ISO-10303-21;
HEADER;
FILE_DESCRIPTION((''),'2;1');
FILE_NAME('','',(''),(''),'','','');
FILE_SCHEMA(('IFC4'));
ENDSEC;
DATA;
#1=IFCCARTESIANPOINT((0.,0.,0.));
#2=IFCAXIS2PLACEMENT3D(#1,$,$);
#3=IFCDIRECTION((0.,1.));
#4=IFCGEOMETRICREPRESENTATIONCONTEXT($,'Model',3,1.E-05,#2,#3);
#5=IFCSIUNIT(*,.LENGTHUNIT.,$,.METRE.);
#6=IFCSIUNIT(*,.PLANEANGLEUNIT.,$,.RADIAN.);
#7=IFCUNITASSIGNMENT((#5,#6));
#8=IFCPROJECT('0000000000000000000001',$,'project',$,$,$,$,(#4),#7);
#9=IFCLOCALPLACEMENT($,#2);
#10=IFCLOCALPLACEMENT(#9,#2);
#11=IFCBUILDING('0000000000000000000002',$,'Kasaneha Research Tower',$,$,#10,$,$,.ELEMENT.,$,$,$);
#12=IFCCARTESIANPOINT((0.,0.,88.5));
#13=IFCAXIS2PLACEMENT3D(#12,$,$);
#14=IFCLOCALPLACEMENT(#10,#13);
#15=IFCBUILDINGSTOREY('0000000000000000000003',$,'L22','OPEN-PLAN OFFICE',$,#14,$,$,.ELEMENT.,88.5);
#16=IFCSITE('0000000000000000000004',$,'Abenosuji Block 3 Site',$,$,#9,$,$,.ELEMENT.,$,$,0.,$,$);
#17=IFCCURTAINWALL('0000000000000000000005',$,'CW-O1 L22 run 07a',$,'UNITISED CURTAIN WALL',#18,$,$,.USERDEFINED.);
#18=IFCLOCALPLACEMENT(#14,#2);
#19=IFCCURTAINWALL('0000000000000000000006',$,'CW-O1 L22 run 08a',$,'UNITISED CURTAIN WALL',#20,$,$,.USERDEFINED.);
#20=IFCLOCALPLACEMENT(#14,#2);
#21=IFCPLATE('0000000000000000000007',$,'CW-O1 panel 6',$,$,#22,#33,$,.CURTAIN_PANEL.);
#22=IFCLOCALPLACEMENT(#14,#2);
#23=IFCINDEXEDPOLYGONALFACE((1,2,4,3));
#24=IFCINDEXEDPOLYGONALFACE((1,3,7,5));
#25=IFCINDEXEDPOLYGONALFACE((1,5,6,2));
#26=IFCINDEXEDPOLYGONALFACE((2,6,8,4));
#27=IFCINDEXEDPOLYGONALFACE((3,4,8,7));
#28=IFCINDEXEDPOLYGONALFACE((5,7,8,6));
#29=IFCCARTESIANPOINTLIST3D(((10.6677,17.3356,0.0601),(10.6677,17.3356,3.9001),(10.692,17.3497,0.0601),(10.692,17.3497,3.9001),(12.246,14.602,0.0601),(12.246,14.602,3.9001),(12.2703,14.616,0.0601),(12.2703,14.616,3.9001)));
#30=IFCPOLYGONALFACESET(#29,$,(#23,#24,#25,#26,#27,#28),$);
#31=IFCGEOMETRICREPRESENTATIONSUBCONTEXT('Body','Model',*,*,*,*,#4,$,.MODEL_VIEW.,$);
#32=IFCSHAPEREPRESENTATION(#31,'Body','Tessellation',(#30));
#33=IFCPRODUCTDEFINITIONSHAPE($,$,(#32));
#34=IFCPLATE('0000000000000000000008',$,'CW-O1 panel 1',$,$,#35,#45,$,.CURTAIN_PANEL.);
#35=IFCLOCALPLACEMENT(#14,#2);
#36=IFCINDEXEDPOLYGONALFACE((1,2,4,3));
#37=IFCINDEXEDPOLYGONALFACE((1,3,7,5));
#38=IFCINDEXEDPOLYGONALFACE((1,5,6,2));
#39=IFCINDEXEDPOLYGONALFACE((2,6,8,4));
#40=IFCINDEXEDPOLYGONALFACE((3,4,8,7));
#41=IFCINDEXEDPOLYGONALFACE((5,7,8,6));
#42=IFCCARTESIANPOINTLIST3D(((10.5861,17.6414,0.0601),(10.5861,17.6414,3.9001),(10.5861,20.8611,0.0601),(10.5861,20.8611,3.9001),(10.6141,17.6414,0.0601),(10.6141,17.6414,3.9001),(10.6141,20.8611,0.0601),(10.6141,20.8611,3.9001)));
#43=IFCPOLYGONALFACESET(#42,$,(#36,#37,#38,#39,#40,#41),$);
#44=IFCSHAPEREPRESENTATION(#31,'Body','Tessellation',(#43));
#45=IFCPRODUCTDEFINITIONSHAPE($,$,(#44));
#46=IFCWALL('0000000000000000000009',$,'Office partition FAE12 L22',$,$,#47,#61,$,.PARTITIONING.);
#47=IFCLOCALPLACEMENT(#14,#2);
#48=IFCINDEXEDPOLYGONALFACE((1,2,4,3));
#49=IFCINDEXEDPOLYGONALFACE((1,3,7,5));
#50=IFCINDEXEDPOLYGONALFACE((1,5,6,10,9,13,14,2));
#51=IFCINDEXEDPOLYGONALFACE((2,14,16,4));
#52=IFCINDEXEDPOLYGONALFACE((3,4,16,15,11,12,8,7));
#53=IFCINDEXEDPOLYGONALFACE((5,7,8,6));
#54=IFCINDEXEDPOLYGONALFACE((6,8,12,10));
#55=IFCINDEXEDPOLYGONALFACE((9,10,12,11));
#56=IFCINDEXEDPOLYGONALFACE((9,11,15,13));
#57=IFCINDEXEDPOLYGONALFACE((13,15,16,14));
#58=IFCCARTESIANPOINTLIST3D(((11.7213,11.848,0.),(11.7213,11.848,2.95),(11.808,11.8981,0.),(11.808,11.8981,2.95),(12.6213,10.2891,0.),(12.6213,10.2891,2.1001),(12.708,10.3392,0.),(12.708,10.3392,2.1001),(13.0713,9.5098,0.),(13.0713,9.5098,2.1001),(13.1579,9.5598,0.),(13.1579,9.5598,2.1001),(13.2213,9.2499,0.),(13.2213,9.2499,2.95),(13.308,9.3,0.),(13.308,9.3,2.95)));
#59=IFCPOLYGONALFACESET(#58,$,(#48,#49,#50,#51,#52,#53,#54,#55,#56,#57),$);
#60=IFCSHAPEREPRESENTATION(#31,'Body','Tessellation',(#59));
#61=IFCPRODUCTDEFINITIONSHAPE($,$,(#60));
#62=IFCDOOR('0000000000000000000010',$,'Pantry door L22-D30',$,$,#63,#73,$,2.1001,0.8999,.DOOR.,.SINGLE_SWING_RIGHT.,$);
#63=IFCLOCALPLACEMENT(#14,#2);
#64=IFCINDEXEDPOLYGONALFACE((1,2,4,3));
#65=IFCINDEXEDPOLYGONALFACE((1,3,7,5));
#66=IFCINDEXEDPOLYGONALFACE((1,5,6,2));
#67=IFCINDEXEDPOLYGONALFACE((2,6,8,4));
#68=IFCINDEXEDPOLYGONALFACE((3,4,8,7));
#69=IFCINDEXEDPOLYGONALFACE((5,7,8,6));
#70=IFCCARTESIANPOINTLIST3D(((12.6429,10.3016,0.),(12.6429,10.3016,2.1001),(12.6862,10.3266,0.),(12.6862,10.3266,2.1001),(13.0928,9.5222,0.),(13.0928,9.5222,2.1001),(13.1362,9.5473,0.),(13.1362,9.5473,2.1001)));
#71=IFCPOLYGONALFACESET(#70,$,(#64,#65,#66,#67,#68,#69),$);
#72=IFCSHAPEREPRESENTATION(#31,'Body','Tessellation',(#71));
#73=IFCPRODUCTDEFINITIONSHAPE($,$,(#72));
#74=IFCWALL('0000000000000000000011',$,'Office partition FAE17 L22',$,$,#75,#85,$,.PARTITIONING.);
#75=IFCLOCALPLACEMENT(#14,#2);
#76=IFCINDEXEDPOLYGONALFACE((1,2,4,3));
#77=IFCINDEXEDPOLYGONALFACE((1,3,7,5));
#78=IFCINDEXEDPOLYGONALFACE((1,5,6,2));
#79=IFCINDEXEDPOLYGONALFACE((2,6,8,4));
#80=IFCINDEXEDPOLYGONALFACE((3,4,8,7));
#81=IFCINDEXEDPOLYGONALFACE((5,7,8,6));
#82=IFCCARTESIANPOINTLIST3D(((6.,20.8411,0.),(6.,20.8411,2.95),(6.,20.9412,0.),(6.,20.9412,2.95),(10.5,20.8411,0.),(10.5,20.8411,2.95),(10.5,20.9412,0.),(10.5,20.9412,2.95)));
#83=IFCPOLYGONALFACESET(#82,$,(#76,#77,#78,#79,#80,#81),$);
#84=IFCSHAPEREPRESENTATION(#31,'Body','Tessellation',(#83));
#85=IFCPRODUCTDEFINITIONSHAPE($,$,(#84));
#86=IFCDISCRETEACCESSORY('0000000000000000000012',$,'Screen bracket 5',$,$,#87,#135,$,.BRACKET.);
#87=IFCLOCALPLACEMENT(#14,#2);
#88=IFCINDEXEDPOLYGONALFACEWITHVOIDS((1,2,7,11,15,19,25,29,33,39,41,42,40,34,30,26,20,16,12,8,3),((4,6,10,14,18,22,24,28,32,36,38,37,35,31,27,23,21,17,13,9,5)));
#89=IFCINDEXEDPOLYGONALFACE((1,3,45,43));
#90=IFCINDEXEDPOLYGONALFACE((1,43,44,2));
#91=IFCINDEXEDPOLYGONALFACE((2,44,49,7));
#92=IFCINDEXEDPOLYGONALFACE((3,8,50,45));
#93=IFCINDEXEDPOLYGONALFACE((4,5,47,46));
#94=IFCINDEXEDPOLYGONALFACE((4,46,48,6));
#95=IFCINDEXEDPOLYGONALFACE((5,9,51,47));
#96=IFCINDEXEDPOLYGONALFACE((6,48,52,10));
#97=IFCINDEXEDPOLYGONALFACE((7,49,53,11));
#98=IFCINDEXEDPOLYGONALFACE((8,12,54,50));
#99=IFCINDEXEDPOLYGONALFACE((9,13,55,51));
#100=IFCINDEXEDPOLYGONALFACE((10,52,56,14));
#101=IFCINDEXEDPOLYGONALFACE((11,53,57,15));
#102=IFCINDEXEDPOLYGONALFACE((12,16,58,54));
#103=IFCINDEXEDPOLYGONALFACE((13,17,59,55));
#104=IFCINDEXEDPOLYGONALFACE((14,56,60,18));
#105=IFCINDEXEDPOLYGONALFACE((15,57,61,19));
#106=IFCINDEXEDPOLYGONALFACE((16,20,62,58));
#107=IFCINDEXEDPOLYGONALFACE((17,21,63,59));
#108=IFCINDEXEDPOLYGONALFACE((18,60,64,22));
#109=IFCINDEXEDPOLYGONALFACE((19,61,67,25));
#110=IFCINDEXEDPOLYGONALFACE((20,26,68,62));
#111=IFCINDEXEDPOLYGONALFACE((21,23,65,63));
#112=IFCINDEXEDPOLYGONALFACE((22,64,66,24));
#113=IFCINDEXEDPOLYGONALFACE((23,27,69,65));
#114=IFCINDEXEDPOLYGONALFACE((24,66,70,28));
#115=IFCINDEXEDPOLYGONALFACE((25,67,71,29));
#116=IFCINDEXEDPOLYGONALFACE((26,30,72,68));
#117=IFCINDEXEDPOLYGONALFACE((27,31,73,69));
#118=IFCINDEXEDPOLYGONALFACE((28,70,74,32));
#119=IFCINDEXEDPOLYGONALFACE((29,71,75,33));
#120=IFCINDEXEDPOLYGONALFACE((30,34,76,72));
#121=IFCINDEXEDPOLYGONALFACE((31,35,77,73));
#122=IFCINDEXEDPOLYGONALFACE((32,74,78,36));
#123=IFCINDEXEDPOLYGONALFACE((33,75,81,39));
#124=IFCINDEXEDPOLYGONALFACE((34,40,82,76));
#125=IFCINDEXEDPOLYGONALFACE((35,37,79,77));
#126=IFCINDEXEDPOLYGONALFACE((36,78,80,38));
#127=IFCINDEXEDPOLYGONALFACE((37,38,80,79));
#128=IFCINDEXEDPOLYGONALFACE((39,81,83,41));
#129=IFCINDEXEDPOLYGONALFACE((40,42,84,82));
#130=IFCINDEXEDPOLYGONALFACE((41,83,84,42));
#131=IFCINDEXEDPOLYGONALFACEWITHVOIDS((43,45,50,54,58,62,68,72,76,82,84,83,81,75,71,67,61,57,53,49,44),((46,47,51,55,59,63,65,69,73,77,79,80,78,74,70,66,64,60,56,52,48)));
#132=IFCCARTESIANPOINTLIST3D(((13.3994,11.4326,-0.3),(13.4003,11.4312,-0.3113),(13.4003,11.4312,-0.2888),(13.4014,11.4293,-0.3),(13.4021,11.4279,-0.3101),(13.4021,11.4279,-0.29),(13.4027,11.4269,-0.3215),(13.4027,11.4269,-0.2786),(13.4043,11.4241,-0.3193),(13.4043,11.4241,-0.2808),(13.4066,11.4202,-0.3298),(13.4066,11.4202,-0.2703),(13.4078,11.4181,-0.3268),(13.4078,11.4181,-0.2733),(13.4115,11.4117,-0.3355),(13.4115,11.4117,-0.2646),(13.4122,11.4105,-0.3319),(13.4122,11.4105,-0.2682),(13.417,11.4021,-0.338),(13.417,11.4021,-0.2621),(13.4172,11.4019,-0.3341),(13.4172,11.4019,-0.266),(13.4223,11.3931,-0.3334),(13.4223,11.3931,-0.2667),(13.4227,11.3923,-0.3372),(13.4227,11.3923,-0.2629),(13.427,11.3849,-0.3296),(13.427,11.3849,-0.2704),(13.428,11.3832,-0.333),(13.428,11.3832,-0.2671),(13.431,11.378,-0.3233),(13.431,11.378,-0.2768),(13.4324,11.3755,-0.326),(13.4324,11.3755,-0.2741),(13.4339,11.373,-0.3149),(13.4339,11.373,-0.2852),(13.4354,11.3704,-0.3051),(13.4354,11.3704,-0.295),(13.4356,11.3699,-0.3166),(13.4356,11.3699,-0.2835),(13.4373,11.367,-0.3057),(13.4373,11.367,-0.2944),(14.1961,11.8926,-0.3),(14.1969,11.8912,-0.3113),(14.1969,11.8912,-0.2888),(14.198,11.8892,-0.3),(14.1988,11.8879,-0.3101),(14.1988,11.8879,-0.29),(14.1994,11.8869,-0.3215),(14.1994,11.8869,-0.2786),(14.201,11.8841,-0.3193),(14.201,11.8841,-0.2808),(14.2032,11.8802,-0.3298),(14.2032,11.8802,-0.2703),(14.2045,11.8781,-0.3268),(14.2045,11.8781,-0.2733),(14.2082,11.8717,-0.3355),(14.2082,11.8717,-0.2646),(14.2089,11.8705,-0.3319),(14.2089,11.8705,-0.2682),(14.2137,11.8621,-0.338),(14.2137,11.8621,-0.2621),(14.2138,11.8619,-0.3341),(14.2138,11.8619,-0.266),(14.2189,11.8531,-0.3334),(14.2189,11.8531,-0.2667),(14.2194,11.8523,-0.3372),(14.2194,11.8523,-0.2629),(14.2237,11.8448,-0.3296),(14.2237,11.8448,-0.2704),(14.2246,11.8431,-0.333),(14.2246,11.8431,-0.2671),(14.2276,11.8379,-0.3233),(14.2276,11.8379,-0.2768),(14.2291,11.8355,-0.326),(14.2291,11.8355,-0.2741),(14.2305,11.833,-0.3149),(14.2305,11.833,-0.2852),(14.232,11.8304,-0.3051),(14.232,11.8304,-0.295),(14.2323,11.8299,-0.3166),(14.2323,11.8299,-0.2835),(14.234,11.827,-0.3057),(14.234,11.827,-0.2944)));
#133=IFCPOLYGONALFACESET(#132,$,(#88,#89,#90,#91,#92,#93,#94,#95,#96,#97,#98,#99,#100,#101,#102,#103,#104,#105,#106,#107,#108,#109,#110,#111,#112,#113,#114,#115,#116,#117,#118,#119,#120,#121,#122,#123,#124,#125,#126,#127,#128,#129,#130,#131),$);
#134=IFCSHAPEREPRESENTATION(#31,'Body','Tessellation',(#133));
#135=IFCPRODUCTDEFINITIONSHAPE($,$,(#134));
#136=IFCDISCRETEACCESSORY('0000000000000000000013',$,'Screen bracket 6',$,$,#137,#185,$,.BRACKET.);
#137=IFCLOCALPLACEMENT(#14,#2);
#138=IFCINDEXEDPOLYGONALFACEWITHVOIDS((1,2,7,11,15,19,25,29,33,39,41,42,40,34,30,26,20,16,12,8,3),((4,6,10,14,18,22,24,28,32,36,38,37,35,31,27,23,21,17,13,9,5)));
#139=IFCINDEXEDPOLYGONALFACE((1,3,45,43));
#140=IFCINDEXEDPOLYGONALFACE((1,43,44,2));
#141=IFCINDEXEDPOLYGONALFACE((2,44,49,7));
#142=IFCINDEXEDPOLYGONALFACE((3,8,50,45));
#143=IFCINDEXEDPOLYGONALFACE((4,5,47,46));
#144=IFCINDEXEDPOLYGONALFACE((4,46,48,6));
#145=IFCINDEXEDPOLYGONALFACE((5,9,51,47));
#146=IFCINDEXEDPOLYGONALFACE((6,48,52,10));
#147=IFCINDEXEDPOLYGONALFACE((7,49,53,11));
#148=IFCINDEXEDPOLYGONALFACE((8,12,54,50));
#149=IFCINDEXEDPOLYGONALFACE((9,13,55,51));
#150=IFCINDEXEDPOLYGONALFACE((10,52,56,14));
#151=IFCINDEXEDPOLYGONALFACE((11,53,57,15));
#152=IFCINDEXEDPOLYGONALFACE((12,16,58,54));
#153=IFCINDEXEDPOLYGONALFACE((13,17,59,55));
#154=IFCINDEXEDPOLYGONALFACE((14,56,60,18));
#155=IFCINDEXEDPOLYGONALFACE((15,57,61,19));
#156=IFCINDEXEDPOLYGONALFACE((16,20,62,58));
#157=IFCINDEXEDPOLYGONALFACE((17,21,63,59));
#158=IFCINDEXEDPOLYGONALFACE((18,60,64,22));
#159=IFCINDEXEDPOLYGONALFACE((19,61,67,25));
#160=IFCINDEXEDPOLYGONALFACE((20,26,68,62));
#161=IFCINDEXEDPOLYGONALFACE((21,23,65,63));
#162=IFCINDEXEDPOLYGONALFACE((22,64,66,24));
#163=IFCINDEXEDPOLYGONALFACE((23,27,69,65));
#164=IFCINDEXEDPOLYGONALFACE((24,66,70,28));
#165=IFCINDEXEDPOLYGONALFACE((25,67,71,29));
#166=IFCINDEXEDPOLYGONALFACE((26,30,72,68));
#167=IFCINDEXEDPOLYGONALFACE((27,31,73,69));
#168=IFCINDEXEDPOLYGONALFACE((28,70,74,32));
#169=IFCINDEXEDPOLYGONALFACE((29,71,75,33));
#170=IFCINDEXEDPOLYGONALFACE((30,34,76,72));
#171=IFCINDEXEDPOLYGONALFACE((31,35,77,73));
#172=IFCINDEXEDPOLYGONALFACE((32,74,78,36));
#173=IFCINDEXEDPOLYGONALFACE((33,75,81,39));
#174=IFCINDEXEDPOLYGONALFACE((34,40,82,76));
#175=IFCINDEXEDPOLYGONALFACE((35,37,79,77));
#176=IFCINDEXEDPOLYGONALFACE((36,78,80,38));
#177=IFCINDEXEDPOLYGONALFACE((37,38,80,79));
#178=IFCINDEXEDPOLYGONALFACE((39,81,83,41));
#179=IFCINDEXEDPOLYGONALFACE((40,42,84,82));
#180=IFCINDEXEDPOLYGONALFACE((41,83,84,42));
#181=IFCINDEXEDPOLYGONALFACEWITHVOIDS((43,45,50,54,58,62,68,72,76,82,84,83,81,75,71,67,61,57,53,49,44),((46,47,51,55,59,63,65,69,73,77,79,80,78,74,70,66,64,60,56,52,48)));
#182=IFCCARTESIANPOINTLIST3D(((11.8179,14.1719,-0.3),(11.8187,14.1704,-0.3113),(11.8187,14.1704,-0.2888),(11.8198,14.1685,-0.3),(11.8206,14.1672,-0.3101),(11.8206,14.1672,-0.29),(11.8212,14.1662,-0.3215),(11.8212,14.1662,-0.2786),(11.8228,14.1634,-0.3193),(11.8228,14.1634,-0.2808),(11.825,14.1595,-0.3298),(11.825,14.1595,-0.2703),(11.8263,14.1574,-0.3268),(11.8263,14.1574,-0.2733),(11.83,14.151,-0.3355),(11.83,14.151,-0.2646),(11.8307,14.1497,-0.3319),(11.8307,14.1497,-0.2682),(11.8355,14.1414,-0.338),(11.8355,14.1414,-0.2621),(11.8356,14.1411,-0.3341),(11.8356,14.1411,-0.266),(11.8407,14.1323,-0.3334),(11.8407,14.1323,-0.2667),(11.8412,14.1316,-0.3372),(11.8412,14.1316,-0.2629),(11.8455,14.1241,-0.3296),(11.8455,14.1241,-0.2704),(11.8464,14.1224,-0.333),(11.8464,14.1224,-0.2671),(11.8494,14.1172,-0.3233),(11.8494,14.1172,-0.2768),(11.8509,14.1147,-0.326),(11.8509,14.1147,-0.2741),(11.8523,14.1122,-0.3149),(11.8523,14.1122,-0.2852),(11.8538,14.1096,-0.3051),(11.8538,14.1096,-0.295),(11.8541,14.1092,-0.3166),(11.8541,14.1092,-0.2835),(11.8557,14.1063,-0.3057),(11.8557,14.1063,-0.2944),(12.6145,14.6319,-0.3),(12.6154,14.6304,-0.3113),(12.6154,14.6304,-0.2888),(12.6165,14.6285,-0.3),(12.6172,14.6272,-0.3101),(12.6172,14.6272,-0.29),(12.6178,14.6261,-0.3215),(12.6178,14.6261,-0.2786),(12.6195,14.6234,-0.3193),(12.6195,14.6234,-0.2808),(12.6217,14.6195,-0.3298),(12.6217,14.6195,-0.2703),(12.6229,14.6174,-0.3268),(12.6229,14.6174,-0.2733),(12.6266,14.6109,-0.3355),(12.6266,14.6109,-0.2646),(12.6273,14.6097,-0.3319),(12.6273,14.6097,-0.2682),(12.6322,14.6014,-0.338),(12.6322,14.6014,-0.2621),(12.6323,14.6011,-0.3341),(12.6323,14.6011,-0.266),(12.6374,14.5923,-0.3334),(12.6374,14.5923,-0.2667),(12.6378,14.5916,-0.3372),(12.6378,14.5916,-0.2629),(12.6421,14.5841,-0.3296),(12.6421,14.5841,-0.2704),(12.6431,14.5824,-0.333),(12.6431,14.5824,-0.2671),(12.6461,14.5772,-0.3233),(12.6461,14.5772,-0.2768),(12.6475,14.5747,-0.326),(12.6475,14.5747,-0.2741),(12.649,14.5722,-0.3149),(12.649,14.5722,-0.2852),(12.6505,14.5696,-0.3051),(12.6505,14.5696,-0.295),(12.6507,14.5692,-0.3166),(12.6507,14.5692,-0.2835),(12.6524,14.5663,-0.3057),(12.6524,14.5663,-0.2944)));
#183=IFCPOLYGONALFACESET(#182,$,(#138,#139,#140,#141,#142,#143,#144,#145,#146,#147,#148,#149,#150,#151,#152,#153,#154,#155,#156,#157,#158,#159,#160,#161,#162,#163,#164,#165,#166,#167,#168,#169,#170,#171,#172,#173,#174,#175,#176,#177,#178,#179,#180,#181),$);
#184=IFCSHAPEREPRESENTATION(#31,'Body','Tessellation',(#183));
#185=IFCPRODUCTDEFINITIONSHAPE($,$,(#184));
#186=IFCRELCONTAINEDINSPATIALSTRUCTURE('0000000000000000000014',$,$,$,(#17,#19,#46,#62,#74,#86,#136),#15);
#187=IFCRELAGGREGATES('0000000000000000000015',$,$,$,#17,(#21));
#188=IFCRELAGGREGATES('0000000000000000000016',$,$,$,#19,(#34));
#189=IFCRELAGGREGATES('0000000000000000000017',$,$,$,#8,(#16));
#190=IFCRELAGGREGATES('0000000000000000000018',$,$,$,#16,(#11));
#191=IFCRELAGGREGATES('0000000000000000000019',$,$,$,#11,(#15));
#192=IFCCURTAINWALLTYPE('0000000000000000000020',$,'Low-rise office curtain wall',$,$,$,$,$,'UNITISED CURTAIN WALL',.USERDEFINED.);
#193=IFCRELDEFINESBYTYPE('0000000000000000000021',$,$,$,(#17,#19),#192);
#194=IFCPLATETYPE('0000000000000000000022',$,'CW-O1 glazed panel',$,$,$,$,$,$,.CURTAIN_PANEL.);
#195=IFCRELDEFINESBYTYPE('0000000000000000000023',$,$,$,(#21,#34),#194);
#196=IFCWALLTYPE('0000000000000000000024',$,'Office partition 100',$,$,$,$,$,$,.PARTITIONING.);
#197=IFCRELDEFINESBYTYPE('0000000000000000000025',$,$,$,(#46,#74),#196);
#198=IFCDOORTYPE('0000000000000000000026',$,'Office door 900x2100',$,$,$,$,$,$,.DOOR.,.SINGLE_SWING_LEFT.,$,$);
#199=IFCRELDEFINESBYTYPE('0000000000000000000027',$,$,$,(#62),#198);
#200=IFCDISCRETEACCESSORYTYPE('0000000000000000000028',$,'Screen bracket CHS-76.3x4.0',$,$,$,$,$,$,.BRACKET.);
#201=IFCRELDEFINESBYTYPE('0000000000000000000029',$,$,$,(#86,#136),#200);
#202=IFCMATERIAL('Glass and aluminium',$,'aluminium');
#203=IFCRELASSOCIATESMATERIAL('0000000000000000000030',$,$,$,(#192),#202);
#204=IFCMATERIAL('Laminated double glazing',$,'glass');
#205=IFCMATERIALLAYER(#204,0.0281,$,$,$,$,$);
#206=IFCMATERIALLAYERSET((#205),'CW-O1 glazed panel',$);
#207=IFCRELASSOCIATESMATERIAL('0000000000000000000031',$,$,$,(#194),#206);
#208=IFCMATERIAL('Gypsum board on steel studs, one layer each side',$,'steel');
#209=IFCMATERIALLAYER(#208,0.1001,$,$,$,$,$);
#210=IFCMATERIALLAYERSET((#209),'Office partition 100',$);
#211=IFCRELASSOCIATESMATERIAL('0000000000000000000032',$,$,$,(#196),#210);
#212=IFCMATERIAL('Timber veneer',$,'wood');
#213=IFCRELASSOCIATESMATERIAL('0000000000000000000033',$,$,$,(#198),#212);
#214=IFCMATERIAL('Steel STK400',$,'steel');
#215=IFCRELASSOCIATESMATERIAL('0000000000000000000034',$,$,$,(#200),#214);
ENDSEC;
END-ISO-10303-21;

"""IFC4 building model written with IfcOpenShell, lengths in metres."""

from ifc_helpers import new_model, si_unit, direction, frame, frame_2d, origin, origin_2d, place, context, subcontext, project, spatial, rectangle, hollow_circle, extrude, material, layer, layer_set, material_profile, profile_set, type_object, element, fill, aggregate, save


model = new_model("IFC4")

# Units and contexts
model_context = context("Model", 3, precision=1e-05, world=origin(), true_north=direction((0.0, 1.0)))
body_context = subcontext(model_context, "Body", "Model", "MODEL_VIEW")
ifc_project = project(units=[si_unit("LENGTHUNIT", "METRE"), si_unit("PLANEANGLEUNIT", "RADIAN")], contexts=[model_context])

# Site, building, storey
site_placement = place(None, origin())
site = spatial("IfcSite", under=ifc_project, at=site_placement, Name="Abenosuji Block 3 Site", CompositionType="ELEMENT", RefElevation=0.0)
building_placement = place(site_placement, origin())
building = spatial("IfcBuilding", under=site, at=building_placement, Name="Kasaneha Research Tower", CompositionType="ELEMENT")
storey_placement = place(building_placement, frame((0.0, 0.0, 88.5)))
storey = spatial("IfcBuildingStorey", under=building, at=storey_placement, Name="L22", Description="OPEN-PLAN OFFICE", CompositionType="ELEMENT", Elevation=88.5)

# Curtain walls
ifc_material_1 = material(Name="Glass and aluminium", Category="aluminium")
curtain_wall_type = type_object("IfcCurtainWallType", Name="Low-rise office curtain wall", ElementType="UNITISED CURTAIN WALL", PredefinedType="USERDEFINED", material=ifc_material_1)
curtain_wall_1_placement = place(storey_placement, origin())
curtain_wall_1 = element("IfcCurtainWall", 1, at=curtain_wall_1_placement, inside=storey, type_object=curtain_wall_type, Name="CW-O1 L22 run 07a", ObjectType="UNITISED CURTAIN WALL", PredefinedType="USERDEFINED")
curtain_wall_2_placement = place(storey_placement, origin())
curtain_wall_2 = element("IfcCurtainWall", 2, at=curtain_wall_2_placement, inside=storey, type_object=curtain_wall_type, Name="CW-O1 L22 run 08a", ObjectType="UNITISED CURTAIN WALL", PredefinedType="USERDEFINED")

# Plates
ifc_material_2 = material(Name="Laminated double glazing", Category="glass")
ifc_layer_1 = layer(ifc_material_2, 0.0281)
ifc_layer_set_1 = layer_set([ifc_layer_1], Name="CW-O1 glazed panel")
plate_type = type_object("IfcPlateType", Name="CW-O1 glazed panel", PredefinedType="CURTAIN_PANEL", material=ifc_layer_set_1)
plate_1_placement = place(storey_placement, frame((11.469, 15.9758, 0.0601), z_axis=(0.0, 0.0, 1.0), x_axis=(-0.5, 0.866025, 0.0)))
plate_1 = element("IfcPlate", 3, at=plate_1_placement, type_object=plate_type, Name="CW-O1 panel 6", PredefinedType="CURTAIN_PANEL", context=body_context, shape_type="SweptSolid", body=[
    extrude(rectangle(XDim=3.1565, YDim=0.0281, at=origin_2d()), origin(), (0.0, 0.0, 1.0), 3.8401),
])
aggregate(curtain_wall_1, [plate_1])
plate_2_placement = place(storey_placement, frame((10.6001, 19.2512, 0.0601), z_axis=(0.0, 0.0, 1.0), x_axis=(0.0, 1.0, 0.0)))
plate_2 = element("IfcPlate", 4, at=plate_2_placement, type_object=plate_type, Name="CW-O1 panel 1", PredefinedType="CURTAIN_PANEL", context=body_context, shape_type="SweptSolid", body=[
    extrude(rectangle(XDim=3.2197, YDim=0.0281, at=origin_2d()), origin(), (0.0, 0.0, 1.0), 3.8401),
])
aggregate(curtain_wall_2, [plate_2])

# Wall, opening, door
ifc_material_3 = material(Name="Gypsum board on steel studs, one layer each side", Category="steel")
ifc_layer_2 = layer(ifc_material_3, 0.1001)
ifc_layer_set_2 = layer_set([ifc_layer_2], Name="Office partition 100")
wall_type = type_object("IfcWallType", Name="Office partition 100", PredefinedType="PARTITIONING", material=ifc_layer_set_2)
wall_1_placement = place(storey_placement, frame((11.7646, 11.873, 0.0), z_axis=(0.0, 0.0, 1.0), x_axis=(0.49999, -0.866031, 0.0)))
wall_1 = element("IfcWall", 5, at=wall_1_placement, inside=storey, type_object=wall_type, Name="Office partition FAE12 L22", PredefinedType="PARTITIONING", context=body_context, shape_type="SweptSolid", body=[
    extrude(rectangle(XDim=3.0, YDim=0.1001, at=frame_2d((1.5, 0.0))), origin(), (0.0, 0.0, 1.0), 2.95),
])
opening_placement = place(wall_1_placement, frame((1.8, 0.0, 0.0)))
opening = element("IfcOpeningElement", 6, at=opening_placement, cuts=wall_1, PredefinedType="OPENING", context=body_context, shape_type="SweptSolid", body=[
    extrude(rectangle(XDim=0.8999, YDim=2.1001, at=frame_2d((0.45, 1.05))), frame((0.0, 0.0601, 0.0), z_axis=(0.0, -1.0, 0.0), x_axis=(1.0, 0.0, 0.0)), (0.0, 0.0, 1.0), 0.1201),
])
ifc_material_4 = material(Name="Timber veneer", Category="wood")
door_type = type_object("IfcDoorType", Name="Office door 900x2100", OperationType="SINGLE_SWING_LEFT", PredefinedType="DOOR", material=ifc_material_4)
door_placement = place(opening_placement, origin())
door = element("IfcDoor", 7, at=door_placement, inside=storey, type_object=door_type, Name="Pantry door L22-D30", OperationType="SINGLE_SWING_RIGHT", OverallHeight=2.1001, OverallWidth=0.8999, PredefinedType="DOOR", context=body_context, shape_type="SweptSolid", body=[
    extrude(rectangle(XDim=0.8999, YDim=2.1001, at=frame_2d((0.45, 1.05))), frame((0.0, 0.0249, 0.0), z_axis=(0.0, -1.0, 0.0), x_axis=(1.0, 0.0, 0.0)), (0.0, 0.0, 1.0), 0.05),
])
fill(opening, door)

# Wall
wall_2_placement = place(storey_placement, frame((10.5, 20.8911, 0.0), z_axis=(0.0, 0.0, 1.0), x_axis=(-1.0, 0.0, 0.0)))
element("IfcWall", 8, at=wall_2_placement, inside=storey, type_object=wall_type, Name="Office partition FAE17 L22", PredefinedType="PARTITIONING", context=body_context, shape_type="SweptSolid", body=[
    extrude(rectangle(XDim=4.5, YDim=0.1001, at=frame_2d((2.25, 0.0))), origin(), (0.0, 0.0, 1.0), 2.95),
])

# Discrete accessories
ifc_material_5 = material(Name="Steel STK400", Category="steel")
ifc_material_profile_1 = material_profile(ifc_material_5, hollow_circle(Radius=0.0381, WallThickness=0.0039, at=origin_2d()), Name="CHS-76.3x4.0")
ifc_profile_set_1 = profile_set([ifc_material_profile_1], Name="Steel STK400")
discrete_accessory_type = type_object("IfcDiscreteAccessoryType", Name="Screen bracket CHS-76.3x4.0", PredefinedType="BRACKET", material=ifc_profile_set_1)
for number, where, z_axis, x_axis, name in (
    (9, (13.4185, 11.3997, -0.3), (0.866013, 0.500021, 0.0), (-0.500021, 0.866013, 0.0), "Screen bracket 5"),
    (10, (11.8369, 14.1389, -0.3), (0.866013, 0.500021, 0.0), (-0.500021, 0.866013, 0.0), "Screen bracket 6"),
):
    element("IfcDiscreteAccessory", number, at=place(storey_placement, frame(where, z_axis=z_axis, x_axis=x_axis)), inside=storey, type_object=discrete_accessory_type, Name=name, PredefinedType="BRACKET", context=body_context, shape_type="SweptSolid", body=[
        extrude(hollow_circle(Radius=0.0381, WallThickness=0.0039, at=origin_2d()), origin(), (0.0, 0.0, 1.0), 0.9199),
    ])

save(model, "model.ifc")
